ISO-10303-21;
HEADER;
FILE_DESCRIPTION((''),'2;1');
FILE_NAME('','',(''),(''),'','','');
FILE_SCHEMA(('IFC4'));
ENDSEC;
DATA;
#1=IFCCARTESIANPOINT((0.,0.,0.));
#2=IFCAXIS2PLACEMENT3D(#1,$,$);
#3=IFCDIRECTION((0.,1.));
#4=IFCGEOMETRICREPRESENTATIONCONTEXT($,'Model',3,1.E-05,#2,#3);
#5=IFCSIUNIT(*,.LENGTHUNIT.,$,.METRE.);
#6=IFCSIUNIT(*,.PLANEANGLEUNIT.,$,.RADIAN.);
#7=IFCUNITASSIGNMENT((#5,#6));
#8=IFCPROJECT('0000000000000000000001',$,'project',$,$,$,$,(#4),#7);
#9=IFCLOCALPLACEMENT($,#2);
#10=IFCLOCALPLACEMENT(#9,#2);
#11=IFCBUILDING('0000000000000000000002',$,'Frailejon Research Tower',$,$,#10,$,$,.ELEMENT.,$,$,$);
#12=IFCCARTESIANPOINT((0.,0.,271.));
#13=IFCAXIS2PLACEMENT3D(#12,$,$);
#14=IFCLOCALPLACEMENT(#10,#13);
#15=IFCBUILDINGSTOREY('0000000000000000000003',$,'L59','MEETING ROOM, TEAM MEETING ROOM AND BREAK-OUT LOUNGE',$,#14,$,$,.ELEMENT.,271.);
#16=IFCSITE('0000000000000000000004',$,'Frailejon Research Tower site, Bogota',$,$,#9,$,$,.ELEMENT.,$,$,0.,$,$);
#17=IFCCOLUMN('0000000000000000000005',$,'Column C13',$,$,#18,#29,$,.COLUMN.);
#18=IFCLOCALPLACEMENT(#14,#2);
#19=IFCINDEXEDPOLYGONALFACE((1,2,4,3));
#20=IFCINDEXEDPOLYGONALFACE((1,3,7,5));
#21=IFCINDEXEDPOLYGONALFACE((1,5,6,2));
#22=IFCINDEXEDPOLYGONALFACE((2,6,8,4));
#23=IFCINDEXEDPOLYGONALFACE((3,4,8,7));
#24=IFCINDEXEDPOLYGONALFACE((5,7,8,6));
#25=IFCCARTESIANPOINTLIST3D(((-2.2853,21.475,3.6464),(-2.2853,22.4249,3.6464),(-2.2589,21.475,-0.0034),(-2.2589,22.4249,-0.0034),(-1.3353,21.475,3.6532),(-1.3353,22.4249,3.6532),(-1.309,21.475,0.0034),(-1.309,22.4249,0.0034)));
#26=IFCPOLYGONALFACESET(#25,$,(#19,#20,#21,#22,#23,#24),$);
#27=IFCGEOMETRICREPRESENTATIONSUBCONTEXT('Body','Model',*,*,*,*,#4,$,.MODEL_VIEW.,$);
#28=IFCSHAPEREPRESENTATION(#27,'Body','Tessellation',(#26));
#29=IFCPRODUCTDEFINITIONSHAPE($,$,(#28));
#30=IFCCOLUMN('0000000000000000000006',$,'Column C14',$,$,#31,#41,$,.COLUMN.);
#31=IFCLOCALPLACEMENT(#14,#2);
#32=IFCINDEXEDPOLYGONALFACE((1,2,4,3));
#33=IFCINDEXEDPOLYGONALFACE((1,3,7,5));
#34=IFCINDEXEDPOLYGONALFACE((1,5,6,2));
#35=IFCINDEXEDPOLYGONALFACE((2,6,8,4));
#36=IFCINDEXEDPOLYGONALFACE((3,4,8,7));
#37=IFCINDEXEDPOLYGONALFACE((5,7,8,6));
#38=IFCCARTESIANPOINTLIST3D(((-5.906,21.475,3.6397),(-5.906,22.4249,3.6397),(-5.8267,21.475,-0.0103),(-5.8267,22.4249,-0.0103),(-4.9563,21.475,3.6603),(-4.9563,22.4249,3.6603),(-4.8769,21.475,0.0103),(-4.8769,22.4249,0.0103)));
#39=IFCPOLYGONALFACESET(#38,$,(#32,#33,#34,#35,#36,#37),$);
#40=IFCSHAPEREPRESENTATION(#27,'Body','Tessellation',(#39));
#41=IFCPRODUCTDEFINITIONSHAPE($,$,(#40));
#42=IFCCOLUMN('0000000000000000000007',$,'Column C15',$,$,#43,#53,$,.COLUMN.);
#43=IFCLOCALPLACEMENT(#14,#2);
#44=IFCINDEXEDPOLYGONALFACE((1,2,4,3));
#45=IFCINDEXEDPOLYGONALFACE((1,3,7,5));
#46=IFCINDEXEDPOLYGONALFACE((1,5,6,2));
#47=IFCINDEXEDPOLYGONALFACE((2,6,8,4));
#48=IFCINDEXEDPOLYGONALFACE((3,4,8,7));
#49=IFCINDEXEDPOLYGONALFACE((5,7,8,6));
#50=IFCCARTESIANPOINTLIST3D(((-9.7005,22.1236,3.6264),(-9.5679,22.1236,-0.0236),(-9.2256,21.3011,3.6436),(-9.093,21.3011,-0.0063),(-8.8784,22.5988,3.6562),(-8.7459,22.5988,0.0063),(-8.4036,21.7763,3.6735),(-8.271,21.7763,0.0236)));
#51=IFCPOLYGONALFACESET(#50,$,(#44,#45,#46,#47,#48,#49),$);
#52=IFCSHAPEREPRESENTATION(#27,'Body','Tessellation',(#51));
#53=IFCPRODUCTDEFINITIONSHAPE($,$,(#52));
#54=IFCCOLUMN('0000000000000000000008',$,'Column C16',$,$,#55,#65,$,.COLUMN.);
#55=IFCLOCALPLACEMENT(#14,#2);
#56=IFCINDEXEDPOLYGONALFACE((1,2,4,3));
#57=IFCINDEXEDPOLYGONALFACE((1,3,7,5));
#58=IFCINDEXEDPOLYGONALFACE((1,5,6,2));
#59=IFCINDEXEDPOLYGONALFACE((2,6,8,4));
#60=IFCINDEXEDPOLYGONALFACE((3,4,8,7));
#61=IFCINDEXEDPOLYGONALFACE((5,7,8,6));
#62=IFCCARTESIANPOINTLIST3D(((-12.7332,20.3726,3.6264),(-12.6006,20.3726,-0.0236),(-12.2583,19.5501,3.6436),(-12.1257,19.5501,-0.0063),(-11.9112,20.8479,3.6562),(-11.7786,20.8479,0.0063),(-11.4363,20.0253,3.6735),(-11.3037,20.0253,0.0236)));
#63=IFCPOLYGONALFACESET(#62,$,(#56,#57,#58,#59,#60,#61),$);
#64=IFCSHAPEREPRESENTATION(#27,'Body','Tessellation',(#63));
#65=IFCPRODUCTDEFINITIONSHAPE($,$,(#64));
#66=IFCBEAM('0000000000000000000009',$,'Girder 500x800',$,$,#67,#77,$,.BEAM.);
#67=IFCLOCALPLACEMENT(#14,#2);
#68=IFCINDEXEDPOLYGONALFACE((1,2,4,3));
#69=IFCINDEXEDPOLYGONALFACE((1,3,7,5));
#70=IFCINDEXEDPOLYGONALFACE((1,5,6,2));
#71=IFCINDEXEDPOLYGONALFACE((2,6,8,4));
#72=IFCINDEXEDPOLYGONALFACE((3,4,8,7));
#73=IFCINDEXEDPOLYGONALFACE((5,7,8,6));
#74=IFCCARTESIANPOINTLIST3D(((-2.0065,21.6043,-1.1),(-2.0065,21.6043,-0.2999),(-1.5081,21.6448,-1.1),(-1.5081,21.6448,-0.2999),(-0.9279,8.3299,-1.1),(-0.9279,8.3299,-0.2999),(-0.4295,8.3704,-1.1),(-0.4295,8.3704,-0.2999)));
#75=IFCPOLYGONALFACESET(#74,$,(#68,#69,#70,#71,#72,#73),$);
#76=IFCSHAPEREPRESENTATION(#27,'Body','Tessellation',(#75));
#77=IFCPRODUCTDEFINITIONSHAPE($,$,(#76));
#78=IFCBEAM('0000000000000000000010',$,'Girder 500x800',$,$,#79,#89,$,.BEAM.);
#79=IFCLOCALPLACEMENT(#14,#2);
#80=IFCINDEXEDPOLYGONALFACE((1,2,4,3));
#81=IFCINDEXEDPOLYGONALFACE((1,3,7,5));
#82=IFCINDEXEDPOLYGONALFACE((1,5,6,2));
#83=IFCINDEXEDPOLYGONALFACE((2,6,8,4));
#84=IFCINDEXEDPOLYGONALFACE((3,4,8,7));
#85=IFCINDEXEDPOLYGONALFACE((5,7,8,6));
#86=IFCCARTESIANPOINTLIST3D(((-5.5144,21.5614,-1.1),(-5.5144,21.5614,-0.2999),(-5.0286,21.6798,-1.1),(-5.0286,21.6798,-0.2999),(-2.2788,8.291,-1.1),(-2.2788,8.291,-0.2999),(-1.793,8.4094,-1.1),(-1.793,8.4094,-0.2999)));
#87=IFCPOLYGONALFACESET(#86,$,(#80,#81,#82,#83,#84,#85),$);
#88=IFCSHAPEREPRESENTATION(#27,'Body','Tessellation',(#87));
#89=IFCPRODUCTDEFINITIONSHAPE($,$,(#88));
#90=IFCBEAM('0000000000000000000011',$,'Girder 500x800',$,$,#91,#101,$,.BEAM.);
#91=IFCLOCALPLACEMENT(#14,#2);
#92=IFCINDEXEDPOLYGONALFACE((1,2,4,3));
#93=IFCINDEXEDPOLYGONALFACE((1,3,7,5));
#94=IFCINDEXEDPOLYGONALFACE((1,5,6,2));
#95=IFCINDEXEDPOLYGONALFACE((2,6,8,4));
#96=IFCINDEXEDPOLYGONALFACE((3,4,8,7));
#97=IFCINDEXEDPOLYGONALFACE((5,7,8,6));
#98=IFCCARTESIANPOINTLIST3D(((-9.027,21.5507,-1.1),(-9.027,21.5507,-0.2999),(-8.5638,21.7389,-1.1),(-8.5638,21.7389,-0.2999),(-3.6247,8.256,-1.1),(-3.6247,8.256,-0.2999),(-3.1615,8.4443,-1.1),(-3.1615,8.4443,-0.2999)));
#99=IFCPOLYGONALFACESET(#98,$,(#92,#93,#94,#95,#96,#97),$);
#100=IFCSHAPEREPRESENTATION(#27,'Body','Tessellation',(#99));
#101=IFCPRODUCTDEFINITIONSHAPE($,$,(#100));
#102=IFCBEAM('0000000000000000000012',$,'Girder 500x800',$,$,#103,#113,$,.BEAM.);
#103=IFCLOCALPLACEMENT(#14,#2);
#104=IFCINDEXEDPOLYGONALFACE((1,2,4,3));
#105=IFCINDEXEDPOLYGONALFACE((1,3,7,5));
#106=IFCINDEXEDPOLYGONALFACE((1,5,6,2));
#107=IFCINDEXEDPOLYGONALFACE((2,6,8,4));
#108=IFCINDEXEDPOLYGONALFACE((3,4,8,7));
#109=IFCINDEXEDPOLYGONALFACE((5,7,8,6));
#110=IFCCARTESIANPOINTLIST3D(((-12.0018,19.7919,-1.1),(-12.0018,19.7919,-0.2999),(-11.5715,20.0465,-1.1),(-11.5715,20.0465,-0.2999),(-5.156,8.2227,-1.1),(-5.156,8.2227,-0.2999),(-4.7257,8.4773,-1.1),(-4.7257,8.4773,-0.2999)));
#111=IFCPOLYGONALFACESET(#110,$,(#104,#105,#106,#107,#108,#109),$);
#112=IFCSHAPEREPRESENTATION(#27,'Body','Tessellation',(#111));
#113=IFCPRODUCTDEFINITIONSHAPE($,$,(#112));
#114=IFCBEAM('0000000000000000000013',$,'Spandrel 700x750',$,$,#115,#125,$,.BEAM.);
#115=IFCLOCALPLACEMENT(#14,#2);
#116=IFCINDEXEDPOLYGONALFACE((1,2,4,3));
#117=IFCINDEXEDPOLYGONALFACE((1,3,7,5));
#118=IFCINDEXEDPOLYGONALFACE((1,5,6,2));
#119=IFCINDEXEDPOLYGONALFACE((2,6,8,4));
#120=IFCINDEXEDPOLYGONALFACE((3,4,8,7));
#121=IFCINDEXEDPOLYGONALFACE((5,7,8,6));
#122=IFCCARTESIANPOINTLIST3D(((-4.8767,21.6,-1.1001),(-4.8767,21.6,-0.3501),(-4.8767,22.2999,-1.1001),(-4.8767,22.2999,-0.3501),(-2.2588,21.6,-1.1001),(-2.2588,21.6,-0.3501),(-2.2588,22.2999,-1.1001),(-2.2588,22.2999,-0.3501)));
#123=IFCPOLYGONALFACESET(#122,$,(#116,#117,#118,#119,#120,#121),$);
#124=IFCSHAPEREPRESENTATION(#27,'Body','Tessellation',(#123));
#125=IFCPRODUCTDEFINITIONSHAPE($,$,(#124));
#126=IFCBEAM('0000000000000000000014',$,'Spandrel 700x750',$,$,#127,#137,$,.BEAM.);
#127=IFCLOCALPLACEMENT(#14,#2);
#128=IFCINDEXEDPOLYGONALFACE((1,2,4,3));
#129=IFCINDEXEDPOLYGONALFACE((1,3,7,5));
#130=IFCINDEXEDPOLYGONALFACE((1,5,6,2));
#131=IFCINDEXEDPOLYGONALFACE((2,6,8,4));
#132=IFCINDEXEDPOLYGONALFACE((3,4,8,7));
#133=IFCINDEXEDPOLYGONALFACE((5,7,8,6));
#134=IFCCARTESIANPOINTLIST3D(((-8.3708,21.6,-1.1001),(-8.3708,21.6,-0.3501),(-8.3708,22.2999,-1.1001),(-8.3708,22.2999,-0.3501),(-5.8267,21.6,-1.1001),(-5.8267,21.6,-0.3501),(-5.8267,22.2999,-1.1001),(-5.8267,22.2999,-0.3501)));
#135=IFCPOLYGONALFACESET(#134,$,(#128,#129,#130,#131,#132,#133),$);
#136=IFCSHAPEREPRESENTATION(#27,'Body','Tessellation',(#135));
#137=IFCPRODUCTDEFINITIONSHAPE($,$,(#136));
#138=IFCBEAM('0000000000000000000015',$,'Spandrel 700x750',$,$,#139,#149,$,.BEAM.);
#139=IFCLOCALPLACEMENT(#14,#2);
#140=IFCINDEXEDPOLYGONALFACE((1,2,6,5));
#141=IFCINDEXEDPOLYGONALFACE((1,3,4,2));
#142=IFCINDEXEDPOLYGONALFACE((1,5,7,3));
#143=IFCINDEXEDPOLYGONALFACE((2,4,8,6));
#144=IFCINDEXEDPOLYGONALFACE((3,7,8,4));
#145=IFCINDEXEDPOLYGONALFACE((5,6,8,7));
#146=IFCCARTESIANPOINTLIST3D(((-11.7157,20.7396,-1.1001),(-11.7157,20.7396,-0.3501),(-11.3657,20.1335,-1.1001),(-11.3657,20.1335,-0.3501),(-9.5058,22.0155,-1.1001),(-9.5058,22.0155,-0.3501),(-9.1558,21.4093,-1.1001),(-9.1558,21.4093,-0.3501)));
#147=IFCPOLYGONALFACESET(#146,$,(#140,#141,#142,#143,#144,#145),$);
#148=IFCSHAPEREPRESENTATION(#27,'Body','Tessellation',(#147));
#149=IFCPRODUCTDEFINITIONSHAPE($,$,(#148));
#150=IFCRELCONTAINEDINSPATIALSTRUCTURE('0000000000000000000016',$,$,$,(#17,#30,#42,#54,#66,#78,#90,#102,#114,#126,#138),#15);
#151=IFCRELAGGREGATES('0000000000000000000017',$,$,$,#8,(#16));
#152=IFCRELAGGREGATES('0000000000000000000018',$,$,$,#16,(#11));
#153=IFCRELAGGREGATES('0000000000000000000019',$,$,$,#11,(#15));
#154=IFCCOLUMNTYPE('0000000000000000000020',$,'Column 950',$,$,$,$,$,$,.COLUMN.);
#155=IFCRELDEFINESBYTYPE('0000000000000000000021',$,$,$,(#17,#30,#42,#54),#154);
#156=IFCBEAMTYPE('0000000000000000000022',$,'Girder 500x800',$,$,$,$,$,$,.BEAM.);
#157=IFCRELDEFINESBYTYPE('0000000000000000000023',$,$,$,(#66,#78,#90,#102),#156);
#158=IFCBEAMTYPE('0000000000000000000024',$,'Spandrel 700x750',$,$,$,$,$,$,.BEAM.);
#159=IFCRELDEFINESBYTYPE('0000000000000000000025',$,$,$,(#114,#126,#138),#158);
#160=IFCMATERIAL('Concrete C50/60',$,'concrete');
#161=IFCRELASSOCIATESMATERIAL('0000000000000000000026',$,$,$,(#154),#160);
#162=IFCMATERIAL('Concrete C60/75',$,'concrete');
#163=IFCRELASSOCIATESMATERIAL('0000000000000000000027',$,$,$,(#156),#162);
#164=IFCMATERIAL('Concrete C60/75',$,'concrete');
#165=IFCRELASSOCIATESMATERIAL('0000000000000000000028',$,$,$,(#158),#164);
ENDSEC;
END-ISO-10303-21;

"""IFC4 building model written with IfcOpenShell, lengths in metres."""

from ifc_helpers import new_model, si_unit, direction, frame, origin, origin_2d, place, context, subcontext, project, spatial, rectangle, extrude, material, material_profile, profile_set, type_object, element, save


model = new_model("IFC4")

# Units and contexts
model_context = context("Model", 3, precision=1e-05, world=origin(), true_north=direction((0.0, 1.0)))
body_context = subcontext(model_context, "Body", "Model", "MODEL_VIEW")
ifc_project = project(units=[si_unit("LENGTHUNIT", "METRE"), si_unit("PLANEANGLEUNIT", "RADIAN")], contexts=[model_context])

# Site, building, storey
site_placement = place(None, origin())
site = spatial("IfcSite", under=ifc_project, at=site_placement, Name="Frailejon Research Tower site, Bogota", CompositionType="ELEMENT", RefElevation=0.0)
building_placement = place(site_placement, origin())
building = spatial("IfcBuilding", under=site, at=building_placement, Name="Frailejon Research Tower", CompositionType="ELEMENT")
storey_placement = place(building_placement, frame((0.0, 0.0, 271.0)))
storey = spatial("IfcBuildingStorey", under=building, at=storey_placement, Name="L59", Description="MEETING ROOM, TEAM MEETING ROOM AND BREAK-OUT LOUNGE", CompositionType="ELEMENT", Elevation=271.0)

# Columns
ifc_material_1 = material(Name="Concrete C50/60", Category="concrete")
ifc_material_profile_1 = material_profile(ifc_material_1, rectangle(XDim=0.95, YDim=0.95, at=origin_2d()), Name="Column 950")
ifc_profile_set_1 = profile_set([ifc_material_profile_1], Name="Concrete C50/60")
column_type = type_object("IfcColumnType", Name="Column 950", PredefinedType="COLUMN", material=ifc_profile_set_1)
column_1_placement = place(storey_placement, frame((-1.7839, 21.95, 0.0), z_axis=(-0.007224, 0.0, 0.999974), x_axis=(-0.999974, 0.0, -0.007224)))
element("IfcColumn", 1, at=column_1_placement, inside=storey, type_object=column_type, Name="Column C13", PredefinedType="COLUMN", context=body_context, shape_type="SweptSolid", body=[
    extrude(rectangle(XDim=0.95, YDim=0.95, at=origin_2d()), origin(), (0.0, 0.0, 1.0), 3.6499),
])
column_2_placement = place(storey_placement, frame((-5.3518, 21.95, 0.0), z_axis=(-0.021734, 0.0, 0.999764), x_axis=(-0.999764, 0.0, -0.021734)))
element("IfcColumn", 2, at=column_2_placement, inside=storey, type_object=column_type, Name="Column C14", PredefinedType="COLUMN", context=body_context, shape_type="SweptSolid", body=[
    extrude(rectangle(XDim=0.95, YDim=0.95, at=origin_2d()), origin(), (0.0, 0.0, 1.0), 3.6509),
])
for number, where, z_axis, x_axis, name in (
    (3, (-8.9194, 21.95, 0.0), (-0.036297, 0.0, 0.999341), (-0.865313, -0.500246, -0.031429), "Column C15"),
    (4, (-11.9521, 20.199, 0.0), (-0.036297, 0.0, 0.999341), (-0.865313, -0.500246, -0.031429), "Column C16"),
):
    element("IfcColumn", number, at=place(storey_placement, frame(where, z_axis=z_axis, x_axis=x_axis)), inside=storey, type_object=column_type, Name=name, PredefinedType="COLUMN", context=body_context, shape_type="SweptSolid", body=[
        extrude(rectangle(XDim=0.95, YDim=0.95, at=origin_2d()), origin(), (0.0, 0.0, 1.0), 3.6523),
    ])

# Beams
ifc_material_2 = material(Name="Concrete C60/75", Category="concrete")
ifc_material_profile_2 = material_profile(ifc_material_2, rectangle(XDim=0.5, YDim=0.8, at=origin_2d()), Name="Girder 500x800")
ifc_profile_set_2 = profile_set([ifc_material_profile_2], Name="Concrete C60/75")
beam_type_1 = type_object("IfcBeamType", Name="Girder 500x800", PredefinedType="BEAM", material=ifc_profile_set_2)
beam_1_placement = place(storey_placement, frame((-1.7573, 21.6245, -0.7), z_axis=(0.080988, -0.996715, 0.0), x_axis=(0.996715, 0.080988, 0.0)))
element("IfcBeam", 5, at=beam_1_placement, inside=storey, type_object=beam_type_1, Name="Girder 500x800", PredefinedType="BEAM", context=body_context, shape_type="SweptSolid", body=[
    extrude(rectangle(XDim=0.5, YDim=0.8, at=origin_2d()), origin(), (0.0, 0.0, 1.0), 13.3181),
])
beam_2_placement = place(storey_placement, frame((-5.2715, 21.6206, -0.7), z_axis=(0.236879, -0.971539, 0.0), x_axis=(0.971539, 0.236879, 0.0)))
element("IfcBeam", 6, at=beam_2_placement, inside=storey, type_object=beam_type_1, Name="Girder 500x800", PredefinedType="BEAM", context=body_context, shape_type="SweptSolid", body=[
    extrude(rectangle(XDim=0.5, YDim=0.8, at=origin_2d()), origin(), (0.0, 0.0, 1.0), 13.6592),
])
beam_3_placement = place(storey_placement, frame((-8.7954, 21.6448, -0.7), z_axis=(0.37646, -0.926433, 0.0), x_axis=(0.926433, 0.37646, 0.0)))
element("IfcBeam", 7, at=beam_3_placement, inside=storey, type_object=beam_type_1, Name="Girder 500x800", PredefinedType="BEAM", context=body_context, shape_type="SweptSolid", body=[
    extrude(rectangle(XDim=0.5, YDim=0.8, at=origin_2d()), origin(), (0.0, 0.0, 1.0), 14.3503),
])
beam_4_placement = place(storey_placement, frame((-11.7866, 19.9192, -0.7), z_axis=(0.509249, -0.860619, 0.0), x_axis=(0.860619, 0.509249, 0.0)))
element("IfcBeam", 8, at=beam_4_placement, inside=storey, type_object=beam_type_1, Name="Girder 500x800", PredefinedType="BEAM", context=body_context, shape_type="SweptSolid", body=[
    extrude(rectangle(XDim=0.5, YDim=0.8, at=origin_2d()), origin(), (0.0, 0.0, 1.0), 13.4429),
])
ifc_material_3 = material(Name="Concrete C60/75", Category="concrete")
ifc_material_profile_3 = material_profile(ifc_material_3, rectangle(XDim=0.7, YDim=0.75, at=origin_2d()), Name="Spandrel 700x750")
ifc_profile_set_3 = profile_set([ifc_material_profile_3], Name="Concrete C60/75")
beam_type_2 = type_object("IfcBeamType", Name="Spandrel 700x750", PredefinedType="BEAM", material=ifc_profile_set_3)
beam_5_placement = place(storey_placement, frame((-2.2588, 21.95, -0.7251), z_axis=(-1.0, 0.0, 0.0), x_axis=(0.0, -1.0, 0.0)))
element("IfcBeam", 9, at=beam_5_placement, inside=storey, type_object=beam_type_2, Name="Spandrel 700x750", PredefinedType="BEAM", context=body_context, shape_type="SweptSolid", body=[
    extrude(rectangle(XDim=0.7, YDim=0.75, at=origin_2d()), origin(), (0.0, 0.0, 1.0), 2.6179),
])
beam_6_placement = place(storey_placement, frame((-5.8267, 21.95, -0.7251), z_axis=(-1.0, 0.0, 0.0), x_axis=(0.0, -1.0, 0.0)))
element("IfcBeam", 10, at=beam_6_placement, inside=storey, type_object=beam_type_2, Name="Spandrel 700x750", PredefinedType="BEAM", context=body_context, shape_type="SweptSolid", body=[
    extrude(rectangle(XDim=0.7, YDim=0.75, at=origin_2d()), origin(), (0.0, 0.0, 1.0), 2.5442),
])
beam_7_placement = place(storey_placement, frame((-9.3308, 21.7124, -0.7251), z_axis=(-0.866033, -0.499987, 0.0), x_axis=(0.499987, -0.866033, 0.0)))
element("IfcBeam", 11, at=beam_7_placement, inside=storey, type_object=beam_type_2, Name="Spandrel 700x750", PredefinedType="BEAM", context=body_context, shape_type="SweptSolid", body=[
    extrude(rectangle(XDim=0.7, YDim=0.75, at=origin_2d()), origin(), (0.0, 0.0, 1.0), 2.5518),
])

save(model, "model.ifc")
